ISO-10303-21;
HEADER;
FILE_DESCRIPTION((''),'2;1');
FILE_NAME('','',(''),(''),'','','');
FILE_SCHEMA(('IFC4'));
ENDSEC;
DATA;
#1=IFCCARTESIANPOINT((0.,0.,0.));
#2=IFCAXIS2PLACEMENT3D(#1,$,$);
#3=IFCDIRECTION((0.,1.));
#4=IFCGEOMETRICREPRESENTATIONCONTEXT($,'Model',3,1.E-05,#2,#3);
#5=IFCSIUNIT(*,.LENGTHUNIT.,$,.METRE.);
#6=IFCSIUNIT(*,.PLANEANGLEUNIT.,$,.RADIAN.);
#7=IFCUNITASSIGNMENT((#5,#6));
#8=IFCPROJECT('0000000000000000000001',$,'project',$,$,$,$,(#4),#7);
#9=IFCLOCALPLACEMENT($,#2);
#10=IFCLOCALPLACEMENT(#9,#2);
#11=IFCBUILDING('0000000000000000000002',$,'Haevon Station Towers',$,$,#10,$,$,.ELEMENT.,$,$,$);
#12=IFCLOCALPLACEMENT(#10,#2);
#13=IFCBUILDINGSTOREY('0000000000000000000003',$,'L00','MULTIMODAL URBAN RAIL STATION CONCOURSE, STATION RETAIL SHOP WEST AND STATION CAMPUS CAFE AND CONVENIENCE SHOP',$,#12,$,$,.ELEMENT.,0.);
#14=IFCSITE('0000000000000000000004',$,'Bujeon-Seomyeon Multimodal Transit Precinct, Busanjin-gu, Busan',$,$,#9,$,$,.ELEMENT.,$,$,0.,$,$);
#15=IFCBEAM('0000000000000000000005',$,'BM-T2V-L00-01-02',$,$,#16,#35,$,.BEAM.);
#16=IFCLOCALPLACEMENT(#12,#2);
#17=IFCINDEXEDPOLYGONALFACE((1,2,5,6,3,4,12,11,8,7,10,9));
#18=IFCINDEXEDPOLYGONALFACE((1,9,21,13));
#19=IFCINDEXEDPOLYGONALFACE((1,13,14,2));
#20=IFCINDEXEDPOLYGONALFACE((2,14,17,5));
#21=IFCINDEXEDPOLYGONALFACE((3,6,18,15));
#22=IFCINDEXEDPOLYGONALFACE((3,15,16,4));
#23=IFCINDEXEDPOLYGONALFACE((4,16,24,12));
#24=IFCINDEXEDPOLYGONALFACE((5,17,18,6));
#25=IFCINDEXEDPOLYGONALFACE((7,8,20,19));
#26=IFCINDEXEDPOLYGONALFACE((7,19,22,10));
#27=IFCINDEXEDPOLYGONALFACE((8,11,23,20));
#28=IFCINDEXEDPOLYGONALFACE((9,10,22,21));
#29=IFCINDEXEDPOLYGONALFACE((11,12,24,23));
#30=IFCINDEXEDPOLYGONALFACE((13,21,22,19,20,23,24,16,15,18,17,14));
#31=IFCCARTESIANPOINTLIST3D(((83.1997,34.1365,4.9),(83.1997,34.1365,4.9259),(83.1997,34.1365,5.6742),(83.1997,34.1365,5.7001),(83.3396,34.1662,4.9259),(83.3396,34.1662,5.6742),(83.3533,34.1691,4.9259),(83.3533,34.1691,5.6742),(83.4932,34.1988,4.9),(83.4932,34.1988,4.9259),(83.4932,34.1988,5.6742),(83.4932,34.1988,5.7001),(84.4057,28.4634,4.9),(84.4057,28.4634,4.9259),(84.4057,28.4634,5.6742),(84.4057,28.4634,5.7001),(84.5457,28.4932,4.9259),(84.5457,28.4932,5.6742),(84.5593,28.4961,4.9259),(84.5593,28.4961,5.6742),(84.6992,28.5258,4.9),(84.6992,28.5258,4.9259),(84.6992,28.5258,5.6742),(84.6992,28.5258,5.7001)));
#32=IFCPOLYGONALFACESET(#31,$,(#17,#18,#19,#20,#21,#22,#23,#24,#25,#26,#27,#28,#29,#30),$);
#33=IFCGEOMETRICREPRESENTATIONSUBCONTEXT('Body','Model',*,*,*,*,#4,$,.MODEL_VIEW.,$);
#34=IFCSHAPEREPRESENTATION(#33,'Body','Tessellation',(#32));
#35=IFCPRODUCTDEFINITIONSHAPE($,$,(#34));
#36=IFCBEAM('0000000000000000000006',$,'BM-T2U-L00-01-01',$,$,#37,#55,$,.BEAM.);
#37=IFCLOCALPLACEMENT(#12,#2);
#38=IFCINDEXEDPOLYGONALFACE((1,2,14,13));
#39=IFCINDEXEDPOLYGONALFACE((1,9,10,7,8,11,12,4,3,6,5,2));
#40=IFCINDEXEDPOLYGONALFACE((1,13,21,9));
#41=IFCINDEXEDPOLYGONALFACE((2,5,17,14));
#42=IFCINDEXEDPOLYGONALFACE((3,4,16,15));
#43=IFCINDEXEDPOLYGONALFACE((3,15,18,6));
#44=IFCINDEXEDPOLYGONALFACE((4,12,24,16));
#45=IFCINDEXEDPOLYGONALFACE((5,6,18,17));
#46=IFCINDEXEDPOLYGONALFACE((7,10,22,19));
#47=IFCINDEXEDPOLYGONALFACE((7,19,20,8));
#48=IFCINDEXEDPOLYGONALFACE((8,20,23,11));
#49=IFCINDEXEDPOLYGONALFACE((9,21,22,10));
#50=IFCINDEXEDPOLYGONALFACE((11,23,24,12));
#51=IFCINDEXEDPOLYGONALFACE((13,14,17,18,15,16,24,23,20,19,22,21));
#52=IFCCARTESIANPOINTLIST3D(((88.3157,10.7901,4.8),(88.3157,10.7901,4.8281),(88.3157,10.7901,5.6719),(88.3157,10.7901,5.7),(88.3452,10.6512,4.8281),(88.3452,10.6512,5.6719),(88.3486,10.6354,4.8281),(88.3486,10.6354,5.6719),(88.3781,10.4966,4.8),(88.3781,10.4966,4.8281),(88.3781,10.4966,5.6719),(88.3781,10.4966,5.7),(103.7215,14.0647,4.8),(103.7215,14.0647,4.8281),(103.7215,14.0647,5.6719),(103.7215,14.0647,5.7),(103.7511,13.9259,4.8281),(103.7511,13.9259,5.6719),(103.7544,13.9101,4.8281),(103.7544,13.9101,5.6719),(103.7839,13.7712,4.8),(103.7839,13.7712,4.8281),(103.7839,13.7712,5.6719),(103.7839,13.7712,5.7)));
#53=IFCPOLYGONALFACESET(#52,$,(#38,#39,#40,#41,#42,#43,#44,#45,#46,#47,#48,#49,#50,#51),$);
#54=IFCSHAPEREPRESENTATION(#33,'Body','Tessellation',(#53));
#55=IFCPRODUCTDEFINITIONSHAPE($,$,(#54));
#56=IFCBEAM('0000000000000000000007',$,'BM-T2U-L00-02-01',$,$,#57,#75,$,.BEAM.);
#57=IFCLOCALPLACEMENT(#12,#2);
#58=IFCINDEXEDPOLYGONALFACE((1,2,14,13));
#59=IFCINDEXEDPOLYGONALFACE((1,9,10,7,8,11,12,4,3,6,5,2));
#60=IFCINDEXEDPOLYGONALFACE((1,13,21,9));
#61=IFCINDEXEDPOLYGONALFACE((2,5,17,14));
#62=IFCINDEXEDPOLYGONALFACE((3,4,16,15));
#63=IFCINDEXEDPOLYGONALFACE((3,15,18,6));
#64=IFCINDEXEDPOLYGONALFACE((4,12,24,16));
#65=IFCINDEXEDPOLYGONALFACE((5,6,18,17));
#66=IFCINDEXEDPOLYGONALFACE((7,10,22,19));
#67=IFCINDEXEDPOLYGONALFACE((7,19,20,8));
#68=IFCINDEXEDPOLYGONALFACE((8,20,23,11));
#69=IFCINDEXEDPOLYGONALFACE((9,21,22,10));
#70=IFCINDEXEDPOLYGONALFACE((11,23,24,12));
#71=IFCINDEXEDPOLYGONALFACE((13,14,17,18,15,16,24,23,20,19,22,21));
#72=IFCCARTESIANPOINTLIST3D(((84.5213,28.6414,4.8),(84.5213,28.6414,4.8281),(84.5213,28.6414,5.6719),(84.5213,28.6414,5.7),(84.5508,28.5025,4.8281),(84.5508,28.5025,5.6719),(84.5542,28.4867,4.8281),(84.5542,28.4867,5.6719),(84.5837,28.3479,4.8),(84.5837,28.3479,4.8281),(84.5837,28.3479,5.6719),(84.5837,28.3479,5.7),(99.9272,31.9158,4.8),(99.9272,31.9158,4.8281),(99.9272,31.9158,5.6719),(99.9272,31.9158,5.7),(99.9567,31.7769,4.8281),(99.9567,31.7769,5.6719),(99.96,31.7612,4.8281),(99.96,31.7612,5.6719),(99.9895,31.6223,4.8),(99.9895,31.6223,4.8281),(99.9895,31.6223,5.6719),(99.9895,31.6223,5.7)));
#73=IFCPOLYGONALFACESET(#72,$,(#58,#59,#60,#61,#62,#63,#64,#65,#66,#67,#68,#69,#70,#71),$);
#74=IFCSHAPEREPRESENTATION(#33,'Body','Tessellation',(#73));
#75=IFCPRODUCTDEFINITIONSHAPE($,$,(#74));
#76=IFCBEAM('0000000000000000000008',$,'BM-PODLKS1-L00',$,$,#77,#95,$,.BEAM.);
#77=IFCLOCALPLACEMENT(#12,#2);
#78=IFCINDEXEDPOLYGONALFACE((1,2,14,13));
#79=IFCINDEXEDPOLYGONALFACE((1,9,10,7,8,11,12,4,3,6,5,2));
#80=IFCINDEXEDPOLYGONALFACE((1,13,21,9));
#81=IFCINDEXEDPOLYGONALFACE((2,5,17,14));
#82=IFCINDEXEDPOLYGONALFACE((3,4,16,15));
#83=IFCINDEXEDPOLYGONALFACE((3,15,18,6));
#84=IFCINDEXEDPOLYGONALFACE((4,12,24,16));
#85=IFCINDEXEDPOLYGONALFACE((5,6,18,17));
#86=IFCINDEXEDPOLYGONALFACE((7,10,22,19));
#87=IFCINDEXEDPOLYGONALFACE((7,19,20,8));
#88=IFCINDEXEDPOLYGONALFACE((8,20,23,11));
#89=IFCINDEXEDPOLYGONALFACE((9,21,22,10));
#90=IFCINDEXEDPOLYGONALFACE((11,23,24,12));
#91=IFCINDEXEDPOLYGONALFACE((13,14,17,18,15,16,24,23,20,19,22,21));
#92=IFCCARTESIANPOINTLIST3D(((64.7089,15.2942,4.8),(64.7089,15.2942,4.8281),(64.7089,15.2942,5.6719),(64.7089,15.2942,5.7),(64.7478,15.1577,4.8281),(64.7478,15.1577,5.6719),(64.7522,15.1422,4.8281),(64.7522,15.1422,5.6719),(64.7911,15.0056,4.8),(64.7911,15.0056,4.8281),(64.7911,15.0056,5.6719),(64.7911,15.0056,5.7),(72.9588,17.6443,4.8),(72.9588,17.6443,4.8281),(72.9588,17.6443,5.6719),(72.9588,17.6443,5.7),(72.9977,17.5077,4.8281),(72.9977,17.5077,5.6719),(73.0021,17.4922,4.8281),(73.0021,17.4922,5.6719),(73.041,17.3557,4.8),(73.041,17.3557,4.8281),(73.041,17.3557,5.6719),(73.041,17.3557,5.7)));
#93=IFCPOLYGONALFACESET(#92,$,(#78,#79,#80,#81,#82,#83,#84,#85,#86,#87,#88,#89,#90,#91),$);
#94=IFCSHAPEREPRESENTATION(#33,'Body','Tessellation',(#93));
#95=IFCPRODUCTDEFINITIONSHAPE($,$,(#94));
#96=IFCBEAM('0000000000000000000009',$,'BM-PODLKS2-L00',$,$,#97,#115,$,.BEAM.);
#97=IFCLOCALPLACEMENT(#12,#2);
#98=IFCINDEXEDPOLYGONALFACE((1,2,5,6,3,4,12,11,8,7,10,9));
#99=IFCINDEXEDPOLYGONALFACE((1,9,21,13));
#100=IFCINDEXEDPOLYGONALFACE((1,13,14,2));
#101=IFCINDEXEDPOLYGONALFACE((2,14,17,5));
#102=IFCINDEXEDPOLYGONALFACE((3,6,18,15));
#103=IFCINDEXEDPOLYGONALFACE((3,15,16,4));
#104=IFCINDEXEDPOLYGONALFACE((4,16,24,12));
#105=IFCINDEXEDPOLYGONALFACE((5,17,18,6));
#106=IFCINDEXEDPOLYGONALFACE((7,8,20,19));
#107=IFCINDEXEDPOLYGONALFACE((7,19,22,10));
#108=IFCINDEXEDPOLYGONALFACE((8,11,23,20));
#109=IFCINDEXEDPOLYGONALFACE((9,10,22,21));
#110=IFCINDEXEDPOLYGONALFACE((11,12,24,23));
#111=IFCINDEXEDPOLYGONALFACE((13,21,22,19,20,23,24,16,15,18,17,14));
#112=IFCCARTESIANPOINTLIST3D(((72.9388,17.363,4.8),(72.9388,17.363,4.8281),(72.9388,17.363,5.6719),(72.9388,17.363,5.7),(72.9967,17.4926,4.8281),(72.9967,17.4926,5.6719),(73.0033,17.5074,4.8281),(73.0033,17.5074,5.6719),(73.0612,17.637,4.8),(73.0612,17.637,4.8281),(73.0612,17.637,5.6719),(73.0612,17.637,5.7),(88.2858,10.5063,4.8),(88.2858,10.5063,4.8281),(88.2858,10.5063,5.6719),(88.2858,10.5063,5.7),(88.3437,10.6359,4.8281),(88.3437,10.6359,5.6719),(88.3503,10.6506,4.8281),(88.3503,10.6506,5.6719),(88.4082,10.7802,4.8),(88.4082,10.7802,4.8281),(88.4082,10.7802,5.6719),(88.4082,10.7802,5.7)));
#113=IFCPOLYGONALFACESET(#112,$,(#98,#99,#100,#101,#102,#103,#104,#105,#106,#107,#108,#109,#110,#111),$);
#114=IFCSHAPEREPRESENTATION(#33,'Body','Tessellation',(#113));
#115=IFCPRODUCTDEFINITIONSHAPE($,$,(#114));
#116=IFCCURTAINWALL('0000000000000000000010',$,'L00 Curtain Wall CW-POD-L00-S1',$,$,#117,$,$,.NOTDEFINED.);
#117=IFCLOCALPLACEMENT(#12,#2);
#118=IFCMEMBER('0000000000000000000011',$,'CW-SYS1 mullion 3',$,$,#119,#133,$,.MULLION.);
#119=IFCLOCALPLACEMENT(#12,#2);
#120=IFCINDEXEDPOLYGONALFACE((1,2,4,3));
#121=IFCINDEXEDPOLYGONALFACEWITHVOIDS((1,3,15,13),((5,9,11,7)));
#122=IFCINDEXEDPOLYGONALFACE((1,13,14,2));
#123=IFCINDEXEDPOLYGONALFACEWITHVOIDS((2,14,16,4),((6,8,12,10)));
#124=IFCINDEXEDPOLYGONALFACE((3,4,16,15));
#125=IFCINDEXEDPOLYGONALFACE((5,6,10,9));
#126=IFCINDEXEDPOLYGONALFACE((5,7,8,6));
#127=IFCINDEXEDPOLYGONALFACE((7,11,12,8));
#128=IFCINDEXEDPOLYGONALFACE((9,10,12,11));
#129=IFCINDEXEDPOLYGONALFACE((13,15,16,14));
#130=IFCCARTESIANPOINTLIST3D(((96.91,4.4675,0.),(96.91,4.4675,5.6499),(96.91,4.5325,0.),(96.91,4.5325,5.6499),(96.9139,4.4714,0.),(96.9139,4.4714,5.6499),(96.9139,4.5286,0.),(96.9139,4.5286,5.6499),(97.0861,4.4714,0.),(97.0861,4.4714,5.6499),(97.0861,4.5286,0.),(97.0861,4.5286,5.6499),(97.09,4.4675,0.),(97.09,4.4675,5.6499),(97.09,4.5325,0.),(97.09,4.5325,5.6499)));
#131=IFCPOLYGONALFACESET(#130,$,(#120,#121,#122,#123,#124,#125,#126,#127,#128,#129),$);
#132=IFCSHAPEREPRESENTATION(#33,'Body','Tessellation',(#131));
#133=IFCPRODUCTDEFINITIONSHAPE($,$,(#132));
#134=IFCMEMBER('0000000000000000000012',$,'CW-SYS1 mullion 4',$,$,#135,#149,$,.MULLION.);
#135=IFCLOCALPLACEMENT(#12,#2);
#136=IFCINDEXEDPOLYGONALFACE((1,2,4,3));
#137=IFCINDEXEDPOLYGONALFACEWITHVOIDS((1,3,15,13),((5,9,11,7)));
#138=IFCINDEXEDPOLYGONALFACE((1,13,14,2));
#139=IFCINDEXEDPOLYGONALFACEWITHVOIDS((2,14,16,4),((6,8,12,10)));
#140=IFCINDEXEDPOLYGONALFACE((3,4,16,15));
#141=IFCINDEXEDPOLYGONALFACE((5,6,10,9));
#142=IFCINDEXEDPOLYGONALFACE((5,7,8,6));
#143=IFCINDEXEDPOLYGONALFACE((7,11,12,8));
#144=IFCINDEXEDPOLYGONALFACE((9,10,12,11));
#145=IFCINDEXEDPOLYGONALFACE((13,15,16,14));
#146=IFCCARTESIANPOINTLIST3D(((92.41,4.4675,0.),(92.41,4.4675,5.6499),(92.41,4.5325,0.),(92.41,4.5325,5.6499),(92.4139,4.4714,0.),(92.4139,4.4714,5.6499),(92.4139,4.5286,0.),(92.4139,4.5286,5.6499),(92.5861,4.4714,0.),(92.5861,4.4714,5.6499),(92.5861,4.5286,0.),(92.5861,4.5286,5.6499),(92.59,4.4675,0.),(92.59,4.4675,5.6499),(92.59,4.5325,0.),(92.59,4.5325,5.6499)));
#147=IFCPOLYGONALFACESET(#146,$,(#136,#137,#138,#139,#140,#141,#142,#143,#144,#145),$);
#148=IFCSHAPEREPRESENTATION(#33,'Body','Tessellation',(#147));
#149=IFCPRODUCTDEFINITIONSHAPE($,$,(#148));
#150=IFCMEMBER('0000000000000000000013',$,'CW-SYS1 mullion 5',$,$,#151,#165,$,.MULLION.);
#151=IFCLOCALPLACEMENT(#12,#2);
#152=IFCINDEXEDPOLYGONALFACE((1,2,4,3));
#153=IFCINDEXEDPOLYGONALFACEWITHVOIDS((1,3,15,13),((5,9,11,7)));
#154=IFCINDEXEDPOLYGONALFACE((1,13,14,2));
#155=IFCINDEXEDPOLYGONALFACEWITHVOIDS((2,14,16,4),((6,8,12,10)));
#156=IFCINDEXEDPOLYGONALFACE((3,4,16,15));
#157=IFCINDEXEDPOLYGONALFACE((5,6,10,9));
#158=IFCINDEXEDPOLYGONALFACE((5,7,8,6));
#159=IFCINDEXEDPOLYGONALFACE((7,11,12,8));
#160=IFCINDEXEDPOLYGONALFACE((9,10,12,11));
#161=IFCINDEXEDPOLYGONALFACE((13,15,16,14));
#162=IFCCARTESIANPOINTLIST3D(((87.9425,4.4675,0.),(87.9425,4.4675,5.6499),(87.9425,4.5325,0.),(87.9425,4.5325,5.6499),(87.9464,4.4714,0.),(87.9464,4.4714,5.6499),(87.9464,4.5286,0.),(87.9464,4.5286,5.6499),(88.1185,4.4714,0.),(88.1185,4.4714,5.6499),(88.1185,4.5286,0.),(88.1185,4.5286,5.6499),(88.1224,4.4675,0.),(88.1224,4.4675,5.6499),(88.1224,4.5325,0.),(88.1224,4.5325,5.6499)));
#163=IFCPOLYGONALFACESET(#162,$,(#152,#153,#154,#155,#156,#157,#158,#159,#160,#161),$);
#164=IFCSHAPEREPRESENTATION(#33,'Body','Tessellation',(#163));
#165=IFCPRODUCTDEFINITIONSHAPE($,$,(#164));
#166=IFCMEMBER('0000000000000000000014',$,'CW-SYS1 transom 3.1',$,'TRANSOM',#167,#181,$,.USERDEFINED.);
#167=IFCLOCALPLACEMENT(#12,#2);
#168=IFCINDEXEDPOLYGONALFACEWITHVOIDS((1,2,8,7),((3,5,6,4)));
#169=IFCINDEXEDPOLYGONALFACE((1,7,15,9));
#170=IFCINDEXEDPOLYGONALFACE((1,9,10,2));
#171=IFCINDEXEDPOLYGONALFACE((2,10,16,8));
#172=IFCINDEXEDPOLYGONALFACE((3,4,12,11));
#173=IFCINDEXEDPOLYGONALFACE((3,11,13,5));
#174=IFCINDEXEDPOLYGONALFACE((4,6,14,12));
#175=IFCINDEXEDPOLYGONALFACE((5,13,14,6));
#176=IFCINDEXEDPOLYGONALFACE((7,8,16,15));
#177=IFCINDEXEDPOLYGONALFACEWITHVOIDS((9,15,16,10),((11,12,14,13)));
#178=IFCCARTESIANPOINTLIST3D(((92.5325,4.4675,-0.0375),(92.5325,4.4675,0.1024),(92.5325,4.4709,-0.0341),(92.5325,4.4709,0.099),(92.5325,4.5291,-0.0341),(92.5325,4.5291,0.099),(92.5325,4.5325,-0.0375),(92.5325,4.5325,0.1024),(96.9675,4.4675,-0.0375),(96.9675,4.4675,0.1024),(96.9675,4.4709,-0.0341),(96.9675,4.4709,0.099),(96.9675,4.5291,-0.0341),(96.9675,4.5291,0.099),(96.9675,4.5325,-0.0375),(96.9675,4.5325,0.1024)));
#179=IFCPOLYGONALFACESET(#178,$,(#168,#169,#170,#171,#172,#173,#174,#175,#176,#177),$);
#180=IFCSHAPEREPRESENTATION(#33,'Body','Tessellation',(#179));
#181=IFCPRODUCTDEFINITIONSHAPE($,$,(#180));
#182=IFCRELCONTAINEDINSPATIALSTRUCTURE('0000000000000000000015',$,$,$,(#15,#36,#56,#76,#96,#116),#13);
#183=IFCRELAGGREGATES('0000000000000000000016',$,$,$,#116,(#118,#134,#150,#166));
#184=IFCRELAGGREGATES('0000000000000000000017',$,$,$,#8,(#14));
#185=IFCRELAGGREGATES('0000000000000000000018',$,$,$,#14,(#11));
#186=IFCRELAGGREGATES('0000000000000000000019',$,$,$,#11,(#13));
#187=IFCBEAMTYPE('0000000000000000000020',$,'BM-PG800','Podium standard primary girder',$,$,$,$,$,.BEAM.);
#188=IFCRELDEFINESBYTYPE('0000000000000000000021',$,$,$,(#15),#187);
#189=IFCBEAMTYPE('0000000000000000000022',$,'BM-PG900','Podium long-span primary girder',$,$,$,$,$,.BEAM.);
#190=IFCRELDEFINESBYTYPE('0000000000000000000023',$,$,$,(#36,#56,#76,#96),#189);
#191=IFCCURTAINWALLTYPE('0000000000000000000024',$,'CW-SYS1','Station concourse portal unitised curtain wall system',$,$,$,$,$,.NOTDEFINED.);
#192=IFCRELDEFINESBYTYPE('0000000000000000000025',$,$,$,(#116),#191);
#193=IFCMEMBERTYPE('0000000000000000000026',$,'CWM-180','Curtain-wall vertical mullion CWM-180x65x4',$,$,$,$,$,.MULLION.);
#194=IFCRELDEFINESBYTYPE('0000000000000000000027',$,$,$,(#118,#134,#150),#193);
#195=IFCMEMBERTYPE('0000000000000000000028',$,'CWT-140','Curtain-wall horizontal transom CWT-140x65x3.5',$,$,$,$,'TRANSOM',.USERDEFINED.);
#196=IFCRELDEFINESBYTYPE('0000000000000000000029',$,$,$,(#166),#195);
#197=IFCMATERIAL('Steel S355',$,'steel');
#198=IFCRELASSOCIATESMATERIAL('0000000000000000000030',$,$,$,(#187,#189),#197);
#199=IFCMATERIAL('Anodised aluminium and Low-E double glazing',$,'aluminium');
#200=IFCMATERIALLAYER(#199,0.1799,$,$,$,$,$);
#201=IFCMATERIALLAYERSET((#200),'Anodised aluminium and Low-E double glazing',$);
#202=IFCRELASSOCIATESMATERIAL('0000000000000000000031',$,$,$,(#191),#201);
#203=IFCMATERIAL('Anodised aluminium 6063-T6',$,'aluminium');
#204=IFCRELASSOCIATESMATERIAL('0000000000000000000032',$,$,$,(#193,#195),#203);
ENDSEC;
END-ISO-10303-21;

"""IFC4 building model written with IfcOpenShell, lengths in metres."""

from ifc_helpers import new_model, si_unit, direction, frame, origin, origin_2d, place, context, subcontext, project, spatial, hollow_rectangle, i_section, extrude, material, layer, layer_set, material_profile, profile_set, type_object, element, aggregate, save


model = new_model("IFC4")

# Units and contexts
model_context = context("Model", 3, precision=1e-05, world=origin(), true_north=direction((0.0, 1.0)))
body_context = subcontext(model_context, "Body", "Model", "MODEL_VIEW")
ifc_project = project(units=[si_unit("LENGTHUNIT", "METRE"), si_unit("PLANEANGLEUNIT", "RADIAN")], contexts=[model_context])

# Site, building, storey
site_placement = place(None, origin())
site = spatial("IfcSite", under=ifc_project, at=site_placement, Name="Bujeon-Seomyeon Multimodal Transit Precinct, Busanjin-gu, Busan", CompositionType="ELEMENT", RefElevation=0.0)
building_placement = place(site_placement, origin())
building = spatial("IfcBuilding", under=site, at=building_placement, Name="Haevon Station Towers", CompositionType="ELEMENT")
storey_placement = place(building_placement, origin())
storey = spatial("IfcBuildingStorey", under=building, at=storey_placement, Name="L00", Description="MULTIMODAL URBAN RAIL STATION CONCOURSE, STATION RETAIL SHOP WEST AND STATION CAMPUS CAFE AND CONVENIENCE SHOP", CompositionType="ELEMENT", Elevation=0.0)

# Beams
ifc_material_1 = material(Name="Steel S355", Category="steel")
ifc_material_profile_1 = material_profile(ifc_material_1, i_section(OverallWidth=0.3, OverallDepth=0.8, WebThickness=0.0139, FlangeThickness=0.0259, at=origin_2d()), Name="H-800x300x14x26")
ifc_profile_set_1 = profile_set([ifc_material_profile_1], Name="Steel S355")
beam_type_1 = type_object("IfcBeamType", Name="BM-PG800", Description="Podium standard primary girder", PredefinedType="BEAM", material=ifc_profile_set_1)
beam_1_placement = place(storey_placement, frame((84.5525, 28.4946, 5.3), z_axis=(-0.207945, 0.978141, 0.0), x_axis=(-0.978141, -0.207945, 0.0)))
element("IfcBeam", 1, at=beam_1_placement, inside=storey, type_object=beam_type_1, Name="BM-T2V-L00-01-02", PredefinedType="BEAM", context=body_context, shape_type="SweptSolid", body=[
    extrude(i_section(OverallWidth=0.3, OverallDepth=0.8, WebThickness=0.0139, FlangeThickness=0.0259, at=origin_2d()), origin(), (0.0, 0.0, 1.0), 5.7998),
])
ifc_material_profile_2 = material_profile(ifc_material_1, i_section(OverallWidth=0.3, OverallDepth=0.8999, WebThickness=0.0161, FlangeThickness=0.0281, at=origin_2d()), Name="H-900x300x16x28")
ifc_profile_set_2 = profile_set([ifc_material_profile_2], Name="Steel S355")
beam_type_2 = type_object("IfcBeamType", Name="BM-PG900", Description="Podium long-span primary girder", PredefinedType="BEAM", material=ifc_profile_set_2)
for number, where, z_axis, x_axis, name in (
    (2, (88.3469, 10.6433, 5.25), (0.978147, 0.207915, 0.0), (-0.207915, 0.978147, 0.0), "BM-T2U-L00-01-01"),
    (3, (84.5525, 28.4946, 5.25), (0.97815, 0.207901, 0.0), (-0.207901, 0.97815, 0.0), "BM-T2U-L00-02-01"),
):
    element("IfcBeam", number, at=place(storey_placement, frame(where, z_axis=z_axis, x_axis=x_axis)), inside=storey, type_object=beam_type_2, Name=name, PredefinedType="BEAM", context=body_context, shape_type="SweptSolid", body=[
        extrude(i_section(OverallWidth=0.3, OverallDepth=0.8999, WebThickness=0.0161, FlangeThickness=0.0281, at=origin_2d()), origin(), (0.0, 0.0, 1.0), 15.75),
    ])
beam_2_placement = place(storey_placement, frame((64.75, 15.1499, 5.25), z_axis=(0.961741, 0.273962, 0.0), x_axis=(-0.273962, 0.961741, 0.0)))
element("IfcBeam", 4, at=beam_2_placement, inside=storey, type_object=beam_type_2, Name="BM-PODLKS1-L00", PredefinedType="BEAM", context=body_context, shape_type="SweptSolid", body=[
    extrude(i_section(OverallWidth=0.3, OverallDepth=0.8999, WebThickness=0.0161, FlangeThickness=0.0281, at=origin_2d()), origin(), (0.0, 0.0, 1.0), 8.5781),
])
beam_3_placement = place(storey_placement, frame((73.0, 17.5, 5.25), z_axis=(0.913019, -0.407918, 0.0), x_axis=(0.407918, 0.913019, 0.0)))
element("IfcBeam", 5, at=beam_3_placement, inside=storey, type_object=beam_type_2, Name="BM-PODLKS2-L00", PredefinedType="BEAM", context=body_context, shape_type="SweptSolid", body=[
    extrude(i_section(OverallWidth=0.3, OverallDepth=0.8999, WebThickness=0.0161, FlangeThickness=0.0281, at=origin_2d()), origin(), (0.0, 0.0, 1.0), 16.8091),
])

# Curtain wall, members
ifc_material_2 = material(Name="Anodised aluminium and Low-E double glazing", Category="aluminium")
ifc_layer_1 = layer(ifc_material_2, 0.1799)
ifc_layer_set_1 = layer_set([ifc_layer_1], Name="Anodised aluminium and Low-E double glazing")
curtain_wall_type = type_object("IfcCurtainWallType", Name="CW-SYS1", Description="Station concourse portal unitised curtain wall system", PredefinedType="NOTDEFINED", material=ifc_layer_set_1)
curtain_wall_placement = place(storey_placement, origin())
curtain_wall = element("IfcCurtainWall", 6, at=curtain_wall_placement, inside=storey, type_object=curtain_wall_type, Name="L00 Curtain Wall CW-POD-L00-S1", PredefinedType="NOTDEFINED")
ifc_material_3 = material(Name="Anodised aluminium 6063-T6", Category="aluminium")
ifc_material_profile_3 = material_profile(ifc_material_3, hollow_rectangle(XDim=0.0649, YDim=0.1799, WallThickness=0.0039, at=origin_2d()), Name="CWM-180x65x4")
ifc_profile_set_3 = profile_set([ifc_material_profile_3], Name="Anodised aluminium 6063-T6")
member_type_1 = type_object("IfcMemberType", Name="CWM-180", Description="Curtain-wall vertical mullion CWM-180x65x4", PredefinedType="MULLION", material=ifc_profile_set_3)
member_1_placement = place(storey_placement, frame((97.0, 4.5, 0.0), z_axis=(0.0, 0.0, 1.0), x_axis=(0.0, -1.0, 0.0)))
member_1 = element("IfcMember", 7, at=member_1_placement, type_object=member_type_1, Name="CW-SYS1 mullion 3", PredefinedType="MULLION", context=body_context, shape_type="SweptSolid", body=[
    extrude(hollow_rectangle(XDim=0.0649, YDim=0.1799, WallThickness=0.0039, at=origin_2d()), origin(), (0.0, 0.0, 1.0), 5.6499),
])
member_2_placement = place(storey_placement, frame((92.5, 4.5, 0.0), z_axis=(0.0, 0.0, 1.0), x_axis=(0.0, -1.0, 0.0)))
member_2 = element("IfcMember", 8, at=member_2_placement, type_object=member_type_1, Name="CW-SYS1 mullion 4", PredefinedType="MULLION", context=body_context, shape_type="SweptSolid", body=[
    extrude(hollow_rectangle(XDim=0.0649, YDim=0.1799, WallThickness=0.0039, at=origin_2d()), origin(), (0.0, 0.0, 1.0), 5.6499),
])
member_3_placement = place(storey_placement, frame((88.0325, 4.5, 0.0), z_axis=(0.0, 0.0, 1.0), x_axis=(0.0, -1.0, 0.0)))
member_3 = element("IfcMember", 9, at=member_3_placement, type_object=member_type_1, Name="CW-SYS1 mullion 5", PredefinedType="MULLION", context=body_context, shape_type="SweptSolid", body=[
    extrude(hollow_rectangle(XDim=0.0649, YDim=0.1799, WallThickness=0.0039, at=origin_2d()), origin(), (0.0, 0.0, 1.0), 5.6499),
])
ifc_material_profile_4 = material_profile(ifc_material_3, hollow_rectangle(XDim=0.0649, YDim=0.1399, WallThickness=0.0034, at=origin_2d()), Name="CWT-140x65x3.5")
ifc_profile_set_4 = profile_set([ifc_material_profile_4], Name="Anodised aluminium 6063-T6")
member_type_2 = type_object("IfcMemberType", Name="CWT-140", Description="Curtain-wall horizontal transom CWT-140x65x3.5", ElementType="TRANSOM", PredefinedType="USERDEFINED", material=ifc_profile_set_4)
member_4_placement = place(storey_placement, frame((96.9675, 4.5, 0.0325), z_axis=(-1.0, 0.0, 0.0), x_axis=(0.0, -1.0, 0.0)))
member_4 = element("IfcMember", 10, at=member_4_placement, type_object=member_type_2, Name="CW-SYS1 transom 3.1", ObjectType="TRANSOM", PredefinedType="USERDEFINED", context=body_context, shape_type="SweptSolid", body=[
    extrude(hollow_rectangle(XDim=0.0649, YDim=0.1399, WallThickness=0.0034, at=origin_2d()), origin(), (0.0, 0.0, 1.0), 4.4351),
])
aggregate(curtain_wall, [member_1, member_2, member_3, member_4])

save(model, "model.ifc")
